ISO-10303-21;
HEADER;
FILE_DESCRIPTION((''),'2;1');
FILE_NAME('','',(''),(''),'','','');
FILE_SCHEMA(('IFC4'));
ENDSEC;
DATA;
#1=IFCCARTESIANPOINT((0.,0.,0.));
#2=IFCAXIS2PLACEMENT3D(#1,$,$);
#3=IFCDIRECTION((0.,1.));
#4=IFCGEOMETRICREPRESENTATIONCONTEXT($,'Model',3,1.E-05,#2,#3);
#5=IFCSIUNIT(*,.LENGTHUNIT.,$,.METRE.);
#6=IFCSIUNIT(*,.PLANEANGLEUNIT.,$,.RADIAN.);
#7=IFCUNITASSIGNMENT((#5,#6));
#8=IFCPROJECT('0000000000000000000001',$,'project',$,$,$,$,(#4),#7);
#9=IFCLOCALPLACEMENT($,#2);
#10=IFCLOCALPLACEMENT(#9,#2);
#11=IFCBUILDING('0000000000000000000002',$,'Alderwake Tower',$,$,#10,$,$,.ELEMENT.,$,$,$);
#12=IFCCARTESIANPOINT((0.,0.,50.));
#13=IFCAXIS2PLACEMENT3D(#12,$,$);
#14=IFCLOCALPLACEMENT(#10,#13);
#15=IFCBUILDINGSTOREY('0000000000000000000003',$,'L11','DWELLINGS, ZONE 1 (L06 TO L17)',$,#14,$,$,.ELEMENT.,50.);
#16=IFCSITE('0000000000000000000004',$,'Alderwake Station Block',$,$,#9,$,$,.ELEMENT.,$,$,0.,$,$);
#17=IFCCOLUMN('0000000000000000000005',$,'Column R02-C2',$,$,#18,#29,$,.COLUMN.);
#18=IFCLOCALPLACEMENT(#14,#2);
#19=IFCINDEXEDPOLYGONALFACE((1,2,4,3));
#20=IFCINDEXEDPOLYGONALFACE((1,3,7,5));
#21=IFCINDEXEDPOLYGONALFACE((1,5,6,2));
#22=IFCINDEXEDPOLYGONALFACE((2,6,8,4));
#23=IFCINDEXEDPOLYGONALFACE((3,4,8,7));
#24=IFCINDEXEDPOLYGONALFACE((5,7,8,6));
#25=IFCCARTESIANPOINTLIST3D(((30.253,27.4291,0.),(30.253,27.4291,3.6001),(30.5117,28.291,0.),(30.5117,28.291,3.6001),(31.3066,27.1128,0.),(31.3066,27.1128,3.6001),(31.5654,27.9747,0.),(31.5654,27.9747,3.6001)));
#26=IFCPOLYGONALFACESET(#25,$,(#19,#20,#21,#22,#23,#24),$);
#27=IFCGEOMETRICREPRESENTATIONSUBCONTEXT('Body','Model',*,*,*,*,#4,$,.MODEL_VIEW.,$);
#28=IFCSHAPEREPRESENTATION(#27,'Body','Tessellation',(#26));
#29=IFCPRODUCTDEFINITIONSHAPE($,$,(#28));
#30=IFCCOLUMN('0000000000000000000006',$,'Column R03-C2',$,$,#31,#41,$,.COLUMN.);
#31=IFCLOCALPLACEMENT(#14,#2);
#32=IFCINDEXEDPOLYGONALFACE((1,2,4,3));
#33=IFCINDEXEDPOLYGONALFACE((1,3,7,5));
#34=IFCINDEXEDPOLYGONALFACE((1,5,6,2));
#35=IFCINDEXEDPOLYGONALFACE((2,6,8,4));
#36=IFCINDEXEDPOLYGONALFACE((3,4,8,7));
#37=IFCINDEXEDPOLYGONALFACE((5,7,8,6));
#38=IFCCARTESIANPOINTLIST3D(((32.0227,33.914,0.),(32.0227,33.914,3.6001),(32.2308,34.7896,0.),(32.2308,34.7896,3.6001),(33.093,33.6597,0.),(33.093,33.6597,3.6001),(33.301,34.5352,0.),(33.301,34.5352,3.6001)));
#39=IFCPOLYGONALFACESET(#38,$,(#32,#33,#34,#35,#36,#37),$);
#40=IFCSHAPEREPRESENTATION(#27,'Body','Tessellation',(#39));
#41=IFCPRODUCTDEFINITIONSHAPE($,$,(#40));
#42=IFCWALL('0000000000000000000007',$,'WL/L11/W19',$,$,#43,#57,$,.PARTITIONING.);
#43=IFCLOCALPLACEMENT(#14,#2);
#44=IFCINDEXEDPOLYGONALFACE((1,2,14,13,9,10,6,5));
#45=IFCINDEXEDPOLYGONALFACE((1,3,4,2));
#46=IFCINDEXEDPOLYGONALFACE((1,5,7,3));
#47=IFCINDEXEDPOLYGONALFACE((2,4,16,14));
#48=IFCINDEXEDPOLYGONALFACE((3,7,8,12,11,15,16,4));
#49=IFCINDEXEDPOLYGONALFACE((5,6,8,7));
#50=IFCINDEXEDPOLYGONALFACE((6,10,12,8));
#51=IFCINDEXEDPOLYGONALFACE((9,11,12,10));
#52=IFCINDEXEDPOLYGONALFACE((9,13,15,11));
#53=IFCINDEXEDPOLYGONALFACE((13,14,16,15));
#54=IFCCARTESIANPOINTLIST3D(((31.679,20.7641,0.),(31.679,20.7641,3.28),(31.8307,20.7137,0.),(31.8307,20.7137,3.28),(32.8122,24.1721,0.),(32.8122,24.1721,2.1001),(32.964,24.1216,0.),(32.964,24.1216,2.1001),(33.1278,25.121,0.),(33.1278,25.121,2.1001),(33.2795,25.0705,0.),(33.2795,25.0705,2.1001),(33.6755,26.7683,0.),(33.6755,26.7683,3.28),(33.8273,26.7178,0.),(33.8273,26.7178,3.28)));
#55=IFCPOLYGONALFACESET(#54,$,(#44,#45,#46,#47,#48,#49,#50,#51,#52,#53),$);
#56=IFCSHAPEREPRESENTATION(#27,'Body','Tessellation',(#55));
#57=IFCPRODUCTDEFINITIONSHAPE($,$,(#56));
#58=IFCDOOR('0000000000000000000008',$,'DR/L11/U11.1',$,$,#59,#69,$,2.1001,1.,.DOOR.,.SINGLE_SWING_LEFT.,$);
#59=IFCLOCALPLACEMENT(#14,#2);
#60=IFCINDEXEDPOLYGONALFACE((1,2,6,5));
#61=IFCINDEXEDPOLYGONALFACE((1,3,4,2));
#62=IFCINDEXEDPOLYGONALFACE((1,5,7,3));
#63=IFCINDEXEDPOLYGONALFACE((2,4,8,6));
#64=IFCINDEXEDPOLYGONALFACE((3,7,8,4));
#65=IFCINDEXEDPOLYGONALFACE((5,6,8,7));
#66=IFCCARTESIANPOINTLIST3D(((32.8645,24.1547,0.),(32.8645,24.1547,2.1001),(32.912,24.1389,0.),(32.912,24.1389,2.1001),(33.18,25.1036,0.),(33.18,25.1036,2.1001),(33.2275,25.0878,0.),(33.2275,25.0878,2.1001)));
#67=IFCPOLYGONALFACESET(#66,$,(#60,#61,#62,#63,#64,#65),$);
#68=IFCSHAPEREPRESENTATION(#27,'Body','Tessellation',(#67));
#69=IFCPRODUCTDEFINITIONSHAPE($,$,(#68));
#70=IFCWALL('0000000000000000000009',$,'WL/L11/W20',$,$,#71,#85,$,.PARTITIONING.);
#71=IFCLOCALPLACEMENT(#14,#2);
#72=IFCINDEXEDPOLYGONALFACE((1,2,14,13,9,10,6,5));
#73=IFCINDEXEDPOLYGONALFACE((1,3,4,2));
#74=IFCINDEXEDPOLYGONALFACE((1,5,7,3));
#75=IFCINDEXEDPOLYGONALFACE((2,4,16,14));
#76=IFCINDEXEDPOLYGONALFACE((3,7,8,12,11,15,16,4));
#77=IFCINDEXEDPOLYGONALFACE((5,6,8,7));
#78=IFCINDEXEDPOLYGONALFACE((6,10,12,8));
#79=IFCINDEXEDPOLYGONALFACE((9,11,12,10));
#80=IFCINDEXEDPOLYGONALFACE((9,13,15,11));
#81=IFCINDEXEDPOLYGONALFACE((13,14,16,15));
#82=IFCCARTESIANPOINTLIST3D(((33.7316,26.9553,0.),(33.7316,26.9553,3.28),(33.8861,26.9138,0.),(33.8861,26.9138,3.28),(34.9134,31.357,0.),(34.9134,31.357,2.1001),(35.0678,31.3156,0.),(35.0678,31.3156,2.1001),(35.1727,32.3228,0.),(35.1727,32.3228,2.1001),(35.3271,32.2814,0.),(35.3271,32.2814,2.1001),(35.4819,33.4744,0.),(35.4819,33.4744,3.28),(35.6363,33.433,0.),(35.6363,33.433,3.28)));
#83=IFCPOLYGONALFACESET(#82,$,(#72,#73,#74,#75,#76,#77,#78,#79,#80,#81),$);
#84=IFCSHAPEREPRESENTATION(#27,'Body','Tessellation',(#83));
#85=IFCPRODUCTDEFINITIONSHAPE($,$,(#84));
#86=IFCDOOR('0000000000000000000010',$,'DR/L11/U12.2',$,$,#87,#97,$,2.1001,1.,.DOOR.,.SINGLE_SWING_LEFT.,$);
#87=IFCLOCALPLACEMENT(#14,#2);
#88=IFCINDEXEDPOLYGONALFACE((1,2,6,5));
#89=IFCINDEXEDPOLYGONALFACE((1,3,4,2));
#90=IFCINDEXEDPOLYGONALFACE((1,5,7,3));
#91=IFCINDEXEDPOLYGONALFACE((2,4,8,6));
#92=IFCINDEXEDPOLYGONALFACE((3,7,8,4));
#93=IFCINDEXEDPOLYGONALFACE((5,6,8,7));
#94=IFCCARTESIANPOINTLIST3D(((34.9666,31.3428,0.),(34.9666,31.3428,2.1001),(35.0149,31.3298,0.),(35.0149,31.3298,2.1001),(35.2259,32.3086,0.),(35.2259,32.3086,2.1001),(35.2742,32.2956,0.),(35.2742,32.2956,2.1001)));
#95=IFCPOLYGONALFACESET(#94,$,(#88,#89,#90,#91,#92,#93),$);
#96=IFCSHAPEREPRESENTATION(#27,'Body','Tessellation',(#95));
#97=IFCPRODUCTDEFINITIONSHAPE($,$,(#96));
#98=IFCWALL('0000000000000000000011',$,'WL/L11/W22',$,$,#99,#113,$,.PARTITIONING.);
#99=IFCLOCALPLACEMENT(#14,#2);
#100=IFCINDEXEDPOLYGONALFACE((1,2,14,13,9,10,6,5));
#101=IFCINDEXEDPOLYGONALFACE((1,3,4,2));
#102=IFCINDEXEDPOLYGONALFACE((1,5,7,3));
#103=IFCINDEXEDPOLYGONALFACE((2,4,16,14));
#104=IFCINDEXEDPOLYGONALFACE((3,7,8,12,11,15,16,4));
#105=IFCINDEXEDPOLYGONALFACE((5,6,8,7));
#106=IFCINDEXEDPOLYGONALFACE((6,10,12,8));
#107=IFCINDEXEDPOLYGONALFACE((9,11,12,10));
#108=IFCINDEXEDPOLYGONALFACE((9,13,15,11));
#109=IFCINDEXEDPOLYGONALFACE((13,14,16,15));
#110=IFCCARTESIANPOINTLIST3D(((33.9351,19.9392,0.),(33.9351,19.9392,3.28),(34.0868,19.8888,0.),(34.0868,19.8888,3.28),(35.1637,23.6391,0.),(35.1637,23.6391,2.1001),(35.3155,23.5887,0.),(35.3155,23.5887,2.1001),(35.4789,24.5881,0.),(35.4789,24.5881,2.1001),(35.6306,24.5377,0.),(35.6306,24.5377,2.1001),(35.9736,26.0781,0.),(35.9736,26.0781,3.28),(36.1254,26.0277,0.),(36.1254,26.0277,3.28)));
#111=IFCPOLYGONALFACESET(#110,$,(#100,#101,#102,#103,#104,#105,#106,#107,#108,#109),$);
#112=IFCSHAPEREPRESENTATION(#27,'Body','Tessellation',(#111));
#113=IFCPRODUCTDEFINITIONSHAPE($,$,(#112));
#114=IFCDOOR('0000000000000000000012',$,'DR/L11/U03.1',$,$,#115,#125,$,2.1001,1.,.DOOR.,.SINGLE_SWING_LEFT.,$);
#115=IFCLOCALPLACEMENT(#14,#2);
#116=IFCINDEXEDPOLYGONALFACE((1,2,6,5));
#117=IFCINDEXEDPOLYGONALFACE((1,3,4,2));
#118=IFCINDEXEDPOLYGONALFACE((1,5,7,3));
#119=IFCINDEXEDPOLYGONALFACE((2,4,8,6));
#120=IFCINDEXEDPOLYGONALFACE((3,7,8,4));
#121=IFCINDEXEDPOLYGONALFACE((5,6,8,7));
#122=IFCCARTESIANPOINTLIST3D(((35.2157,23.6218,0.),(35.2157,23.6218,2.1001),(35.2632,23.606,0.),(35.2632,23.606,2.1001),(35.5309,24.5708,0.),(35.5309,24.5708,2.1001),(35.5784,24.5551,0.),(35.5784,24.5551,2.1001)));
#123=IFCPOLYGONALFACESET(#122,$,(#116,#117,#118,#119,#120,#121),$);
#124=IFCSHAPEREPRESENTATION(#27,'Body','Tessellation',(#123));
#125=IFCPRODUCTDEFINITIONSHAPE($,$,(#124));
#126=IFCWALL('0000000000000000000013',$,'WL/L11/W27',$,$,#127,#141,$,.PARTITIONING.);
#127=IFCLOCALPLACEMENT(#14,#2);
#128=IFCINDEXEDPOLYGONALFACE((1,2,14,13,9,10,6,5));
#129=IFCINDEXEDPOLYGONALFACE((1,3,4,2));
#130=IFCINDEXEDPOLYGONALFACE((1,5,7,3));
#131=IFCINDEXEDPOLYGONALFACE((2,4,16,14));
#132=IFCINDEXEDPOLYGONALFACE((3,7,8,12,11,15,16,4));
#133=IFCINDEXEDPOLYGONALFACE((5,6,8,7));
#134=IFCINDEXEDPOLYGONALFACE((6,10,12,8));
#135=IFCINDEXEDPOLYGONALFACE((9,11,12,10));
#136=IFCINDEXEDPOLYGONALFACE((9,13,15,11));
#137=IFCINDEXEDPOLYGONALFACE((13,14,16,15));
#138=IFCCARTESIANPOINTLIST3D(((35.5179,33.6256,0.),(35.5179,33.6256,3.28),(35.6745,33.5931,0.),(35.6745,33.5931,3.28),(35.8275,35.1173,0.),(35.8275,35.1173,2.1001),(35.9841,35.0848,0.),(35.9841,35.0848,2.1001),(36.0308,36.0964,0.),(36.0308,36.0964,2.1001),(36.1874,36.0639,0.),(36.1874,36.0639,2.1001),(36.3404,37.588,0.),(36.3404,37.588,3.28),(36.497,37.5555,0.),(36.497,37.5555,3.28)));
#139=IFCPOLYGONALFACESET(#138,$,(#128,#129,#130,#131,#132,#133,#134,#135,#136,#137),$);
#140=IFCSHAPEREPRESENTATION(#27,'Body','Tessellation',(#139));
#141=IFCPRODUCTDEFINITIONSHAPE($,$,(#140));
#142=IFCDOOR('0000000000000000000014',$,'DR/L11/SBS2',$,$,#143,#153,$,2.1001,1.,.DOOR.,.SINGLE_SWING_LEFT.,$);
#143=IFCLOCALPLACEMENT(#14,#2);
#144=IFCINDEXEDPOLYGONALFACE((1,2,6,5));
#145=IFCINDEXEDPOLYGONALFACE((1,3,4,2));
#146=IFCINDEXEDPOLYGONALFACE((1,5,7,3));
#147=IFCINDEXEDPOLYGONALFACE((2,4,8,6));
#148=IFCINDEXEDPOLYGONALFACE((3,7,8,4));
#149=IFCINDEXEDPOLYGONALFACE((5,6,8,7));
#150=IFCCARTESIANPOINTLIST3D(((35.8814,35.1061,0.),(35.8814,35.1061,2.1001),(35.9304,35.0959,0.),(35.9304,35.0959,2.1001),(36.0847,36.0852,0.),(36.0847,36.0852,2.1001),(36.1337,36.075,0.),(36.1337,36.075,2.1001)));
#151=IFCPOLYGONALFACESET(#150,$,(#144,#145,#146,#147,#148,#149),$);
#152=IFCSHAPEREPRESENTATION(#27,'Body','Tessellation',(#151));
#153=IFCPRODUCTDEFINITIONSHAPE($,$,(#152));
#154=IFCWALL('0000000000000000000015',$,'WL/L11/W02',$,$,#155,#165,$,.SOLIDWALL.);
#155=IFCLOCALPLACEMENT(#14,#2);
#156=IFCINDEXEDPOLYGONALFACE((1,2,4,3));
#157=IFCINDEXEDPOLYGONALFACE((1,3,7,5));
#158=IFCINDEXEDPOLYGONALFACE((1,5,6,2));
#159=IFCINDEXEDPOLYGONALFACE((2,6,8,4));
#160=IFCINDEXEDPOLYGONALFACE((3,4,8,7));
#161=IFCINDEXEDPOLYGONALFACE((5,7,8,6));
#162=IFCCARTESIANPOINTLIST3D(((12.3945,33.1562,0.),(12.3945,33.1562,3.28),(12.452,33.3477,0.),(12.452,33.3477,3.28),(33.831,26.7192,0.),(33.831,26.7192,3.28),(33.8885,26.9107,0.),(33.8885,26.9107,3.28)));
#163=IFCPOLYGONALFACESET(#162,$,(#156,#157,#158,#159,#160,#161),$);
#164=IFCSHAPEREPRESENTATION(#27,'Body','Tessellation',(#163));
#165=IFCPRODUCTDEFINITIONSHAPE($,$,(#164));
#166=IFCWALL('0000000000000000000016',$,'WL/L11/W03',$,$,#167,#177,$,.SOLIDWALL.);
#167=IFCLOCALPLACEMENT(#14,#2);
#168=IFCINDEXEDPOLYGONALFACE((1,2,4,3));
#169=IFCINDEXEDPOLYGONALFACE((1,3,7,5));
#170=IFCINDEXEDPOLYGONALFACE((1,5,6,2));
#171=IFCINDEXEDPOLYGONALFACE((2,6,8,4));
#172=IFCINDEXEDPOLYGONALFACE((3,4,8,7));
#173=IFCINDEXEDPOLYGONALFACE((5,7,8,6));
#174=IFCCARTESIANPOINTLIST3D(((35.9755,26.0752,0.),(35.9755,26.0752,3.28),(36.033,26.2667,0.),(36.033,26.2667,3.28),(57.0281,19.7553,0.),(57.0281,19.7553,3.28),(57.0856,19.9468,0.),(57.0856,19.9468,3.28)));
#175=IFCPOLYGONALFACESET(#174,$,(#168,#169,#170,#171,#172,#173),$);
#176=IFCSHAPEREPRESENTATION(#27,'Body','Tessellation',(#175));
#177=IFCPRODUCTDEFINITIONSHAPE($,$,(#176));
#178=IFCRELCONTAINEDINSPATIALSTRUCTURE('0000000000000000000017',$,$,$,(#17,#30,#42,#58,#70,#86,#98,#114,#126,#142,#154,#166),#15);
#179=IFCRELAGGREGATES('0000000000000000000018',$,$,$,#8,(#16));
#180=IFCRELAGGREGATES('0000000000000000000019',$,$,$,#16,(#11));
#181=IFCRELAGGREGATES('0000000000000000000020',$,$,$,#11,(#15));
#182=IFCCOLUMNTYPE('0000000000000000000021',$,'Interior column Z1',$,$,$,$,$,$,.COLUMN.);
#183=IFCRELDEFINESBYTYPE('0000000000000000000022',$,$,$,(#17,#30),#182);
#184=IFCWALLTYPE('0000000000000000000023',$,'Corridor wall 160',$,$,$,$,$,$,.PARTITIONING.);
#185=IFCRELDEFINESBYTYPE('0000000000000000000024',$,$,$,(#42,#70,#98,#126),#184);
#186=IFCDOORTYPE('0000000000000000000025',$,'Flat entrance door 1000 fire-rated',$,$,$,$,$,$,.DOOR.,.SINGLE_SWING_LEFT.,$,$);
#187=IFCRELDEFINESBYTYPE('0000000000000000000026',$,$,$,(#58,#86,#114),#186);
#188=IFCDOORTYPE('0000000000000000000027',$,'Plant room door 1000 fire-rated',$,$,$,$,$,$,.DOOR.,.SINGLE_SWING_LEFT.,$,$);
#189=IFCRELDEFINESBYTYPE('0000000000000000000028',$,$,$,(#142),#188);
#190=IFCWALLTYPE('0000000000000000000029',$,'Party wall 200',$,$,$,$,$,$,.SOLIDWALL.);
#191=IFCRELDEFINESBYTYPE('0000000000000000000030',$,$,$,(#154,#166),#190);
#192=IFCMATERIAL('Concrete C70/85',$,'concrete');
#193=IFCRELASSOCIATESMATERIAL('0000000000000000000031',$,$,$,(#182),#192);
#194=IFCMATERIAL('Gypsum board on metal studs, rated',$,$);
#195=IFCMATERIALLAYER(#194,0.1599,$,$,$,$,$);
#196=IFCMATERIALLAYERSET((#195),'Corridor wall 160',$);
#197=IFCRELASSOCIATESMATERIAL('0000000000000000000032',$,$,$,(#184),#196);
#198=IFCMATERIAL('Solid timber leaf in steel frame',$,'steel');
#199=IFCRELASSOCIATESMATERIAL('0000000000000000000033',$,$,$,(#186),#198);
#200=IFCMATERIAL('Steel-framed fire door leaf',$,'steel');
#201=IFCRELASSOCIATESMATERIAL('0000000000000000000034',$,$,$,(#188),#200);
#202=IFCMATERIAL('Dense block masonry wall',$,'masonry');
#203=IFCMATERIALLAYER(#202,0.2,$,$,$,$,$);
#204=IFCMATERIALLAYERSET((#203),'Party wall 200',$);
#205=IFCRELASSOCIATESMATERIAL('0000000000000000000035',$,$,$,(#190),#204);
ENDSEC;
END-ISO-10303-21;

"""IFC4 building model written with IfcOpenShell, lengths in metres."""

from ifc_helpers import new_model, si_unit, direction, frame, frame_2d, origin, origin_2d, place, context, subcontext, project, spatial, rectangle, extrude, material, layer, layer_set, material_profile, profile_set, type_object, element, fill, save


model = new_model("IFC4")

# Units and contexts
model_context = context("Model", 3, precision=1e-05, world=origin(), true_north=direction((0.0, 1.0)))
body_context = subcontext(model_context, "Body", "Model", "MODEL_VIEW")
ifc_project = project(units=[si_unit("LENGTHUNIT", "METRE"), si_unit("PLANEANGLEUNIT", "RADIAN")], contexts=[model_context])

# Site, building, storey
site_placement = place(None, origin())
site = spatial("IfcSite", under=ifc_project, at=site_placement, Name="Alderwake Station Block", CompositionType="ELEMENT", RefElevation=0.0)
building_placement = place(site_placement, origin())
building = spatial("IfcBuilding", under=site, at=building_placement, Name="Alderwake Tower", CompositionType="ELEMENT")
storey_placement = place(building_placement, frame((0.0, 0.0, 50.0)))
storey = spatial("IfcBuildingStorey", under=building, at=storey_placement, Name="L11", Description="DWELLINGS, ZONE 1 (L06 TO L17)", CompositionType="ELEMENT", Elevation=50.0)

# Columns
ifc_material_1 = material(Name="Concrete C70/85", Category="concrete")
ifc_material_profile = material_profile(ifc_material_1, rectangle(XDim=0.8999, YDim=1.1001, at=origin_2d()), Name="RC 1100X900")
ifc_profile_set = profile_set([ifc_material_profile], Name="Concrete C70/85")
column_type = type_object("IfcColumnType", Name="Interior column Z1", PredefinedType="COLUMN", material=ifc_profile_set)
for number, where, z_axis, x_axis, name in (
    (1, (30.9092, 27.7019, 0.0), (0.0, 0.0, 1.0), (0.287549, 0.957766, 0.0), "Column R02-C2"),
    (2, (32.6619, 34.2246, 0.0), (0.0, 0.0, 1.0), (0.231222, 0.972901, 0.0), "Column R03-C2"),
):
    element("IfcColumn", number, at=place(storey_placement, frame(where, z_axis=z_axis, x_axis=x_axis)), inside=storey, type_object=column_type, Name=name, PredefinedType="COLUMN", context=body_context, shape_type="SweptSolid", body=[
        extrude(rectangle(XDim=0.8999, YDim=1.1001, at=origin_2d()), origin(), (0.0, 0.0, 1.0), 3.6001),
    ])

# Walls, openings, doors
ifc_material_2 = material(Name="Gypsum board on metal studs, rated")
ifc_layer_1 = layer(ifc_material_2, 0.1599)
ifc_layer_set_1 = layer_set([ifc_layer_1], Name="Corridor wall 160")
wall_type_1 = type_object("IfcWallType", Name="Corridor wall 160", PredefinedType="PARTITIONING", material=ifc_layer_set_1)
wall_1_placement = place(storey_placement, frame((31.7549, 20.739, 0.0), z_axis=(0.0, 0.0, 1.0), x_axis=(0.315545, 0.948911, 0.0)))
wall_1 = element("IfcWall", 3, at=wall_1_placement, inside=storey, type_object=wall_type_1, Name="WL/L11/W19", PredefinedType="PARTITIONING", context=body_context, shape_type="SweptSolid", body=[
    extrude(rectangle(XDim=6.3274, YDim=0.1599, at=frame_2d((3.1636, 0.0))), origin(), (0.0, 0.0, 1.0), 3.28),
])
opening_1_placement = place(wall_1_placement, frame((3.5913, 0.0, 0.0)))
opening_1 = element("IfcOpeningElement", 4, at=opening_1_placement, cuts=wall_1, PredefinedType="OPENING", context=body_context, shape_type="SweptSolid", body=[
    extrude(rectangle(XDim=1.0, YDim=2.1001, at=frame_2d((0.5, 1.05))), frame((0.0, 0.0898, 0.0), z_axis=(0.0, -1.0, 0.0), x_axis=(1.0, 0.0, 0.0)), (0.0, 0.0, 1.0), 0.1799),
])
ifc_material_3 = material(Name="Solid timber leaf in steel frame", Category="steel")
door_type_1 = type_object("IfcDoorType", Name="Flat entrance door 1000 fire-rated", OperationType="SINGLE_SWING_LEFT", PredefinedType="DOOR", material=ifc_material_3)
door_1_placement = place(opening_1_placement, origin())
door_1 = element("IfcDoor", 5, at=door_1_placement, inside=storey, type_object=door_type_1, Name="DR/L11/U11.1", OperationType="SINGLE_SWING_LEFT", OverallHeight=2.1001, OverallWidth=1.0, PredefinedType="DOOR", context=body_context, shape_type="SweptSolid", body=[
    extrude(rectangle(XDim=1.0, YDim=2.1001, at=frame_2d((0.5, 1.05))), frame((0.0, 0.0249, 0.0), z_axis=(0.0, -1.0, 0.0), x_axis=(1.0, 0.0, 0.0)), (0.0, 0.0, 1.0), 0.05),
])
fill(opening_1, door_1)
wall_2_placement = place(storey_placement, frame((33.8088, 26.9346, 0.0), z_axis=(0.0, 0.0, 1.0), x_axis=(0.259299, 0.965797, 0.0)))
wall_2 = element("IfcWall", 6, at=wall_2_placement, inside=storey, type_object=wall_type_1, Name="WL/L11/W20", PredefinedType="PARTITIONING", context=body_context, shape_type="SweptSolid", body=[
    extrude(rectangle(XDim=6.75, YDim=0.1599, at=frame_2d((3.375, 0.0))), origin(), (0.0, 0.0, 1.0), 3.28),
])
opening_2_placement = place(wall_2_placement, frame((4.5576, 0.0, 0.0)))
opening_2 = element("IfcOpeningElement", 7, at=opening_2_placement, cuts=wall_2, PredefinedType="OPENING", context=body_context, shape_type="SweptSolid", body=[
    extrude(rectangle(XDim=1.0, YDim=2.1001, at=frame_2d((0.5, 1.05))), frame((0.0, 0.0898, 0.0), z_axis=(0.0, -1.0, 0.0), x_axis=(1.0, 0.0, 0.0)), (0.0, 0.0, 1.0), 0.1799),
])
door_2_placement = place(opening_2_placement, origin())
door_2 = element("IfcDoor", 8, at=door_2_placement, inside=storey, type_object=door_type_1, Name="DR/L11/U12.2", OperationType="SINGLE_SWING_LEFT", OverallHeight=2.1001, OverallWidth=1.0, PredefinedType="DOOR", context=body_context, shape_type="SweptSolid", body=[
    extrude(rectangle(XDim=1.0, YDim=2.1001, at=frame_2d((0.5, 1.05))), frame((0.0, 0.0249, 0.0), z_axis=(0.0, -1.0, 0.0), x_axis=(1.0, 0.0, 0.0)), (0.0, 0.0, 1.0), 0.05),
])
fill(opening_2, door_2)
wall_3_placement = place(storey_placement, frame((36.0496, 26.053, 0.0), z_axis=(0.0, 0.0, 1.0), x_axis=(-0.315152, -0.949041, 0.0)))
wall_3 = element("IfcWall", 9, at=wall_3_placement, inside=storey, type_object=wall_type_1, Name="WL/L11/W22", PredefinedType="PARTITIONING", context=body_context, shape_type="SweptSolid", body=[
    extrude(rectangle(XDim=6.4685, YDim=0.1599, at=frame_2d((3.2344, 0.0))), origin(), (0.0, 0.0, 1.0), 3.28),
])
opening_3_placement = place(wall_3_placement, frame((1.5701, 0.0, 0.0)))
opening_3 = element("IfcOpeningElement", 10, at=opening_3_placement, cuts=wall_3, PredefinedType="OPENING", context=body_context, shape_type="SweptSolid", body=[
    extrude(rectangle(XDim=1.0, YDim=2.1001, at=frame_2d((0.5, 1.05))), frame((0.0, 0.0898, 0.0), z_axis=(0.0, -1.0, 0.0), x_axis=(1.0, 0.0, 0.0)), (0.0, 0.0, 1.0), 0.1799),
])
door_3_placement = place(opening_3_placement, origin())
door_3 = element("IfcDoor", 11, at=door_3_placement, inside=storey, type_object=door_type_1, Name="DR/L11/U03.1", OperationType="SINGLE_SWING_LEFT", OverallHeight=2.1001, OverallWidth=1.0, PredefinedType="DOOR", context=body_context, shape_type="SweptSolid", body=[
    extrude(rectangle(XDim=1.0, YDim=2.1001, at=frame_2d((0.5, 1.05))), frame((0.0, 0.0249, 0.0), z_axis=(0.0, -1.0, 0.0), x_axis=(1.0, 0.0, 0.0)), (0.0, 0.0, 1.0), 0.05),
])
fill(opening_3, door_3)
wall_4_placement = place(storey_placement, frame((35.5962, 33.6094, 0.0), z_axis=(0.0, 0.0, 1.0), x_axis=(0.203246, 0.979128, 0.0)))
wall_4 = element("IfcWall", 12, at=wall_4_placement, inside=storey, type_object=wall_type_1, Name="WL/L11/W27", PredefinedType="PARTITIONING", context=body_context, shape_type="SweptSolid", body=[
    extrude(rectangle(XDim=4.0469, YDim=0.1599, at=frame_2d((2.0234, 0.0))), origin(), (0.0, 0.0, 1.0), 3.28),
])
opening_4_placement = place(wall_4_placement, frame((1.5234, 0.0, 0.0)))
opening_4 = element("IfcOpeningElement", 13, at=opening_4_placement, cuts=wall_4, PredefinedType="OPENING", context=body_context, shape_type="SweptSolid", body=[
    extrude(rectangle(XDim=1.0, YDim=2.1001, at=frame_2d((0.5, 1.05))), frame((0.0, 0.0898, 0.0), z_axis=(0.0, -1.0, 0.0), x_axis=(1.0, 0.0, 0.0)), (0.0, 0.0, 1.0), 0.1799),
])
ifc_material_4 = material(Name="Steel-framed fire door leaf", Category="steel")
door_type_2 = type_object("IfcDoorType", Name="Plant room door 1000 fire-rated", OperationType="SINGLE_SWING_LEFT", PredefinedType="DOOR", material=ifc_material_4)
door_4_placement = place(opening_4_placement, origin())
door_4 = element("IfcDoor", 14, at=door_4_placement, inside=storey, type_object=door_type_2, Name="DR/L11/SBS2", OperationType="SINGLE_SWING_LEFT", OverallHeight=2.1001, OverallWidth=1.0, PredefinedType="DOOR", context=body_context, shape_type="SweptSolid", body=[
    extrude(rectangle(XDim=1.0, YDim=2.1001, at=frame_2d((0.5, 1.05))), frame((0.0, 0.0249, 0.0), z_axis=(0.0, -1.0, 0.0), x_axis=(1.0, 0.0, 0.0)), (0.0, 0.0, 1.0), 0.05),
])
fill(opening_4, door_4)

# Walls
ifc_material_5 = material(Name="Dense block masonry wall", Category="masonry")
ifc_layer_2 = layer(ifc_material_5, 0.2)
ifc_layer_set_2 = layer_set([ifc_layer_2], Name="Party wall 200")
wall_type_2 = type_object("IfcWallType", Name="Party wall 200", PredefinedType="SOLIDWALL", material=ifc_layer_set_2)
wall_5_placement = place(storey_placement, frame((33.8596, 26.8149, 0.0), z_axis=(0.0, 0.0, 1.0), x_axis=(-0.957752, 0.287596, 0.0)))
element("IfcWall", 15, at=wall_5_placement, inside=storey, type_object=wall_type_2, Name="WL/L11/W02", PredefinedType="SOLIDWALL", context=body_context, shape_type="SweptSolid", body=[
    extrude(rectangle(XDim=22.3821, YDim=0.2, at=frame_2d((11.1909, 0.0))), origin(), (0.0, 0.0, 1.0), 3.28),
])
wall_6_placement = place(storey_placement, frame((36.0044, 26.1709, 0.0), z_axis=(0.0, 0.0, 1.0), x_axis=(0.957775, -0.287518, 0.0)))
element("IfcWall", 16, at=wall_6_placement, inside=storey, type_object=wall_type_2, Name="WL/L11/W03", PredefinedType="SOLIDWALL", context=body_context, shape_type="SweptSolid", body=[
    extrude(rectangle(XDim=21.9807, YDim=0.2, at=frame_2d((10.9902, 0.0))), origin(), (0.0, 0.0, 1.0), 3.28),
])

save(model, "model.ifc")
